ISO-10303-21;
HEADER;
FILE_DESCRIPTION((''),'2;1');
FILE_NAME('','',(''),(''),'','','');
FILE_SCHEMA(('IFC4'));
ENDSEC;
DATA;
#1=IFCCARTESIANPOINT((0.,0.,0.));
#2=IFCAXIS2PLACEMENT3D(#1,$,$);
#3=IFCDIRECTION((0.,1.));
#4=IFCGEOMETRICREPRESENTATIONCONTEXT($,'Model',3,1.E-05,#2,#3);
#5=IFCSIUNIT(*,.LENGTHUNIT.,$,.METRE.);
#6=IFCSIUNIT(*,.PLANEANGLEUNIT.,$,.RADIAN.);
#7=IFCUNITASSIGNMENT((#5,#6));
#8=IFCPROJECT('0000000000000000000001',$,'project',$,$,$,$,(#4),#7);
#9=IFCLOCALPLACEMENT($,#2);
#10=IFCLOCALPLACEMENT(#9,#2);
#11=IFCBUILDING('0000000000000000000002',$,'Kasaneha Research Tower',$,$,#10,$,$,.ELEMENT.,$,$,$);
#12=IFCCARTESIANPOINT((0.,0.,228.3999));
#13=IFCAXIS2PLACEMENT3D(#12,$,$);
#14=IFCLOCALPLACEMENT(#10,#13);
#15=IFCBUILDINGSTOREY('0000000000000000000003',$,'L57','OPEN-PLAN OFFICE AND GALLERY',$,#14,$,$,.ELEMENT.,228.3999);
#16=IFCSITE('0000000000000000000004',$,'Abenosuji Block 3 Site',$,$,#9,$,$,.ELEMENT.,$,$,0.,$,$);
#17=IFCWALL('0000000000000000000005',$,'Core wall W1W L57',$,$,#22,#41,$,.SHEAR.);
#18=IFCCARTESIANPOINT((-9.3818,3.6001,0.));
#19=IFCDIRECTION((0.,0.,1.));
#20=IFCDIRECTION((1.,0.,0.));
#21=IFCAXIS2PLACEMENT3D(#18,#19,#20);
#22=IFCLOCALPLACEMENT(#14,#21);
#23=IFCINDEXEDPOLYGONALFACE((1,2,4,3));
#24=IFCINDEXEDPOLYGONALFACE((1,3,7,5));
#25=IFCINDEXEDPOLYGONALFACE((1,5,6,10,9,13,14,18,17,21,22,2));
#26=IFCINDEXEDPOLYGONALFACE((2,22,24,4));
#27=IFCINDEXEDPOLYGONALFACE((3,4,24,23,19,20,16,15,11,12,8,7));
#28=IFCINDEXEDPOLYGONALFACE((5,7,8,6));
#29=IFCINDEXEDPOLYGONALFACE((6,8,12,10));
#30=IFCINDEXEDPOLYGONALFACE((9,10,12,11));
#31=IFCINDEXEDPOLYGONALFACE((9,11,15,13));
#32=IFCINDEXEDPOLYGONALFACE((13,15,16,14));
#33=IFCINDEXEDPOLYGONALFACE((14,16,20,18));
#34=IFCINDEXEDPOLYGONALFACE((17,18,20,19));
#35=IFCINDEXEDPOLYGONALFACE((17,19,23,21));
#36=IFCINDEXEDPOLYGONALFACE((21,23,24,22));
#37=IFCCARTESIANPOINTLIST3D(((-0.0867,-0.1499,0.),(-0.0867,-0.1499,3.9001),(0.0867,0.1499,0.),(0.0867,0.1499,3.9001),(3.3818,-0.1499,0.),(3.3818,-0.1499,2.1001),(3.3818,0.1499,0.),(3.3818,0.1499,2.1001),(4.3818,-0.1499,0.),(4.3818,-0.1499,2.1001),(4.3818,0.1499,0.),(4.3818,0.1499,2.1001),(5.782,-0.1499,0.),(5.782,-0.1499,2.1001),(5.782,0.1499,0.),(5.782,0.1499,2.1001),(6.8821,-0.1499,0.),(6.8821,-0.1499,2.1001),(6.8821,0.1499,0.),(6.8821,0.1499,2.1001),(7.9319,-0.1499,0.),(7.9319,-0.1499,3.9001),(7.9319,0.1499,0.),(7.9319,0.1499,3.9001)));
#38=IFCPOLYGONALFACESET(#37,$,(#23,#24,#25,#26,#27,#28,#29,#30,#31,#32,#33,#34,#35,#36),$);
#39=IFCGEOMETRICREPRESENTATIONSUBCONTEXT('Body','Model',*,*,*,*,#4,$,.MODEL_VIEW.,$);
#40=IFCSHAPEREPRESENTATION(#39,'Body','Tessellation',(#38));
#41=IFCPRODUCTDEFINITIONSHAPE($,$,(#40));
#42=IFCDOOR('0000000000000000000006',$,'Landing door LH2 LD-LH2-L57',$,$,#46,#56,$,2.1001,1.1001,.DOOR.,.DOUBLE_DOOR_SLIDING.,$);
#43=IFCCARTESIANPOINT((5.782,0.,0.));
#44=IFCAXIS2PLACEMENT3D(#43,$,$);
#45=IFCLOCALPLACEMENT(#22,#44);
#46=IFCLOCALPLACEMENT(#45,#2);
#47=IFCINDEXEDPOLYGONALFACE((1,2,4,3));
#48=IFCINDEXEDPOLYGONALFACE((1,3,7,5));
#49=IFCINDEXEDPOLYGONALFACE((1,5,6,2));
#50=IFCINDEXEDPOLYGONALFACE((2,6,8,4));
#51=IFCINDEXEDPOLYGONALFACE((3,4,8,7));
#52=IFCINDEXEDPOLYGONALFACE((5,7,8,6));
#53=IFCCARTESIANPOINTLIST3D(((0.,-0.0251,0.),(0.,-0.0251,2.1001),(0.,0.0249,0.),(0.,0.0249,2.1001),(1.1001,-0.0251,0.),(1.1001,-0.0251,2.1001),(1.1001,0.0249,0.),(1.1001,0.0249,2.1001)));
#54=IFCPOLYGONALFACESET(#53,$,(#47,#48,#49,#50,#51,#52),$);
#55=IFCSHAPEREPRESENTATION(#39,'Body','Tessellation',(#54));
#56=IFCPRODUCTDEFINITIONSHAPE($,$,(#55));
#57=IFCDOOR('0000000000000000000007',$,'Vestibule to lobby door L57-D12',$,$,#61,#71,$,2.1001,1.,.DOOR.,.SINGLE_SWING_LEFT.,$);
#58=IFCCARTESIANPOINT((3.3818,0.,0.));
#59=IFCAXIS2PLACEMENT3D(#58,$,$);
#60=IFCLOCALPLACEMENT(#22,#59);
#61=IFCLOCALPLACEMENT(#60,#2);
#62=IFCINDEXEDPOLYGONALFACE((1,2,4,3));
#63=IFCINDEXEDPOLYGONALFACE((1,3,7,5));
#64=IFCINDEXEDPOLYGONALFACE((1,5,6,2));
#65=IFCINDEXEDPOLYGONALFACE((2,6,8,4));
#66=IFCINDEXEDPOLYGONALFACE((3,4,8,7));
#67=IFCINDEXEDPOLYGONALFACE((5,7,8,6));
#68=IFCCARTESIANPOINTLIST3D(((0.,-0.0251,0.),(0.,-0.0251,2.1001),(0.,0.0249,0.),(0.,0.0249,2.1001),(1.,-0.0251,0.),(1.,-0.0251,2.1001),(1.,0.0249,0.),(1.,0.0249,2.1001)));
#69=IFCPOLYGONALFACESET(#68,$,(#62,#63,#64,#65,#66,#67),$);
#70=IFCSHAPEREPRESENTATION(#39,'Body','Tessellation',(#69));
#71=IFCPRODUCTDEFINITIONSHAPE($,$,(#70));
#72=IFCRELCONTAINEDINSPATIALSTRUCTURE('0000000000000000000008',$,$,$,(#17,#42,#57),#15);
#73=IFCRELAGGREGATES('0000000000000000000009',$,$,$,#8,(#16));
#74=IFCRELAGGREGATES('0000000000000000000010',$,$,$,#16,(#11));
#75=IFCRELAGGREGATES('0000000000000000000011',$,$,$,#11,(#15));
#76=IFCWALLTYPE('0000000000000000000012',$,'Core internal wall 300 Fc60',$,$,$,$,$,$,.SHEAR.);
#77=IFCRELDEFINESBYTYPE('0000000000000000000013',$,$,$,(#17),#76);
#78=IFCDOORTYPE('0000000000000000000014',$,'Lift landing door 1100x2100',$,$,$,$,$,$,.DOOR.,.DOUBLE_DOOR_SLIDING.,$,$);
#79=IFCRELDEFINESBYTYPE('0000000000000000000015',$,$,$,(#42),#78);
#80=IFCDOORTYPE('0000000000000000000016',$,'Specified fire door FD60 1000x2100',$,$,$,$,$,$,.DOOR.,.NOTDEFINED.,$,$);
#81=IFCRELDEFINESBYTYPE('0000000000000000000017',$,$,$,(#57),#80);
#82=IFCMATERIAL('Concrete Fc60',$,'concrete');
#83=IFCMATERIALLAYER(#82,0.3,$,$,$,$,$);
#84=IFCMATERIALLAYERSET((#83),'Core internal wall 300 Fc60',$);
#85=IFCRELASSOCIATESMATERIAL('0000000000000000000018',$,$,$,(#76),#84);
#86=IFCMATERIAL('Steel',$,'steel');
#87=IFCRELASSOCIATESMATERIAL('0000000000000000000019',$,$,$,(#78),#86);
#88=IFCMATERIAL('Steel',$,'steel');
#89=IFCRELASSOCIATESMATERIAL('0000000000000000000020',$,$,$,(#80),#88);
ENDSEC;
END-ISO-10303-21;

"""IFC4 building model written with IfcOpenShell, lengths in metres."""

from ifc_helpers import new_model, si_unit, direction, frame, frame_2d, origin, place, context, subcontext, project, spatial, polyline, rectangle, outline, extrude, material, layer, layer_set, type_object, element, fill, save


model = new_model("IFC4")

# Units and contexts
model_context = context("Model", 3, precision=1e-05, world=origin(), true_north=direction((0.0, 1.0)))
body_context = subcontext(model_context, "Body", "Model", "MODEL_VIEW")
ifc_project = project(units=[si_unit("LENGTHUNIT", "METRE"), si_unit("PLANEANGLEUNIT", "RADIAN")], contexts=[model_context])

# Site, building, storey
site_placement = place(None, origin())
site = spatial("IfcSite", under=ifc_project, at=site_placement, Name="Abenosuji Block 3 Site", CompositionType="ELEMENT", RefElevation=0.0)
building_placement = place(site_placement, origin())
building = spatial("IfcBuilding", under=site, at=building_placement, Name="Kasaneha Research Tower", CompositionType="ELEMENT")
storey_placement = place(building_placement, frame((0.0, 0.0, 228.3999)))
storey = spatial("IfcBuildingStorey", under=building, at=storey_placement, Name="L57", Description="OPEN-PLAN OFFICE AND GALLERY", CompositionType="ELEMENT", Elevation=228.3999)

# Wall, openings, doors
ifc_material_1 = material(Name="Concrete Fc60", Category="concrete")
ifc_layer_1 = layer(ifc_material_1, 0.3)
ifc_layer_set_1 = layer_set([ifc_layer_1], Name="Core internal wall 300 Fc60")
wall_type_1 = type_object("IfcWallType", Name="Core internal wall 300 Fc60", PredefinedType="SHEAR", material=ifc_layer_set_1)
wall_1_placement = place(storey_placement, frame((-9.3818, 3.6001, 0.0), z_axis=(0.0, 0.0, 1.0), x_axis=(1.0, 0.0, 0.0)))
wall_1 = element("IfcWall", 1, at=wall_1_placement, inside=storey, type_object=wall_type_1, Name="Core wall W1W L57", PredefinedType="SHEAR", context=body_context, shape_type="SweptSolid", body=[
    extrude(outline(polyline([(-0.0867, -0.1499), (3.3818, -0.1499), (4.3818, -0.1499), (5.782, -0.1499), (6.8821, -0.1499), (7.9319, -0.1499), (7.9319, 0.1499), (6.8821, 0.1499), (5.782, 0.1499), (4.3818, 0.1499), (3.3818, 0.1499), (0.0867, 0.1499), (-0.0867, -0.1499)])), origin(), (0.0, 0.0, 1.0), 3.9001),
])
opening_1_placement = place(wall_1_placement, frame((3.3818, 0.0, 0.0)))
opening_1 = element("IfcOpeningElement", 2, at=opening_1_placement, cuts=wall_1, PredefinedType="OPENING", context=body_context, shape_type="SweptSolid", body=[
    extrude(rectangle(XDim=1.0, YDim=2.1001, at=frame_2d((0.5, 1.05))), frame((0.0, 0.1602, 0.0), z_axis=(0.0, -1.0, 0.0), x_axis=(1.0, 0.0, 0.0)), (0.0, 0.0, 1.0), 0.3201),
])
opening_2_placement = place(wall_1_placement, frame((5.782, 0.0, 0.0)))
opening_2 = element("IfcOpeningElement", 3, at=opening_2_placement, cuts=wall_1, PredefinedType="OPENING", context=body_context, shape_type="SweptSolid", body=[
    extrude(rectangle(XDim=1.1001, YDim=2.1001, at=frame_2d((0.55, 1.05))), frame((0.0, 0.1602, 0.0), z_axis=(0.0, -1.0, 0.0), x_axis=(1.0, 0.0, 0.0)), (0.0, 0.0, 1.0), 0.3201),
])
ifc_material_2 = material(Name="Steel", Category="steel")
door_type_1 = type_object("IfcDoorType", Name="Lift landing door 1100x2100", OperationType="DOUBLE_DOOR_SLIDING", PredefinedType="DOOR", material=ifc_material_2)
door_1_placement = place(opening_2_placement, origin())
door_1 = element("IfcDoor", 4, at=door_1_placement, inside=storey, type_object=door_type_1, Name="Landing door LH2 LD-LH2-L57", OperationType="DOUBLE_DOOR_SLIDING", OverallHeight=2.1001, OverallWidth=1.1001, PredefinedType="DOOR", context=body_context, shape_type="SweptSolid", body=[
    extrude(rectangle(XDim=1.1001, YDim=2.1001, at=frame_2d((0.55, 1.05))), frame((0.0, 0.0249, 0.0), z_axis=(0.0, -1.0, 0.0), x_axis=(1.0, 0.0, 0.0)), (0.0, 0.0, 1.0), 0.05),
])
fill(opening_2, door_1)
ifc_material_3 = material(Name="Steel", Category="steel")
door_type_2 = type_object("IfcDoorType", Name="Specified fire door FD60 1000x2100", OperationType="NOTDEFINED", PredefinedType="DOOR", material=ifc_material_3)
door_2_placement = place(opening_1_placement, origin())
door_2 = element("IfcDoor", 5, at=door_2_placement, inside=storey, type_object=door_type_2, Name="Vestibule to lobby door L57-D12", OperationType="SINGLE_SWING_LEFT", OverallHeight=2.1001, OverallWidth=1.0, PredefinedType="DOOR", context=body_context, shape_type="SweptSolid", body=[
    extrude(rectangle(XDim=1.0, YDim=2.1001, at=frame_2d((0.5, 1.05))), frame((0.0, 0.0249, 0.0), z_axis=(0.0, -1.0, 0.0), x_axis=(1.0, 0.0, 0.0)), (0.0, 0.0, 1.0), 0.05),
])
fill(opening_1, door_2)

save(model, "model.ifc")
